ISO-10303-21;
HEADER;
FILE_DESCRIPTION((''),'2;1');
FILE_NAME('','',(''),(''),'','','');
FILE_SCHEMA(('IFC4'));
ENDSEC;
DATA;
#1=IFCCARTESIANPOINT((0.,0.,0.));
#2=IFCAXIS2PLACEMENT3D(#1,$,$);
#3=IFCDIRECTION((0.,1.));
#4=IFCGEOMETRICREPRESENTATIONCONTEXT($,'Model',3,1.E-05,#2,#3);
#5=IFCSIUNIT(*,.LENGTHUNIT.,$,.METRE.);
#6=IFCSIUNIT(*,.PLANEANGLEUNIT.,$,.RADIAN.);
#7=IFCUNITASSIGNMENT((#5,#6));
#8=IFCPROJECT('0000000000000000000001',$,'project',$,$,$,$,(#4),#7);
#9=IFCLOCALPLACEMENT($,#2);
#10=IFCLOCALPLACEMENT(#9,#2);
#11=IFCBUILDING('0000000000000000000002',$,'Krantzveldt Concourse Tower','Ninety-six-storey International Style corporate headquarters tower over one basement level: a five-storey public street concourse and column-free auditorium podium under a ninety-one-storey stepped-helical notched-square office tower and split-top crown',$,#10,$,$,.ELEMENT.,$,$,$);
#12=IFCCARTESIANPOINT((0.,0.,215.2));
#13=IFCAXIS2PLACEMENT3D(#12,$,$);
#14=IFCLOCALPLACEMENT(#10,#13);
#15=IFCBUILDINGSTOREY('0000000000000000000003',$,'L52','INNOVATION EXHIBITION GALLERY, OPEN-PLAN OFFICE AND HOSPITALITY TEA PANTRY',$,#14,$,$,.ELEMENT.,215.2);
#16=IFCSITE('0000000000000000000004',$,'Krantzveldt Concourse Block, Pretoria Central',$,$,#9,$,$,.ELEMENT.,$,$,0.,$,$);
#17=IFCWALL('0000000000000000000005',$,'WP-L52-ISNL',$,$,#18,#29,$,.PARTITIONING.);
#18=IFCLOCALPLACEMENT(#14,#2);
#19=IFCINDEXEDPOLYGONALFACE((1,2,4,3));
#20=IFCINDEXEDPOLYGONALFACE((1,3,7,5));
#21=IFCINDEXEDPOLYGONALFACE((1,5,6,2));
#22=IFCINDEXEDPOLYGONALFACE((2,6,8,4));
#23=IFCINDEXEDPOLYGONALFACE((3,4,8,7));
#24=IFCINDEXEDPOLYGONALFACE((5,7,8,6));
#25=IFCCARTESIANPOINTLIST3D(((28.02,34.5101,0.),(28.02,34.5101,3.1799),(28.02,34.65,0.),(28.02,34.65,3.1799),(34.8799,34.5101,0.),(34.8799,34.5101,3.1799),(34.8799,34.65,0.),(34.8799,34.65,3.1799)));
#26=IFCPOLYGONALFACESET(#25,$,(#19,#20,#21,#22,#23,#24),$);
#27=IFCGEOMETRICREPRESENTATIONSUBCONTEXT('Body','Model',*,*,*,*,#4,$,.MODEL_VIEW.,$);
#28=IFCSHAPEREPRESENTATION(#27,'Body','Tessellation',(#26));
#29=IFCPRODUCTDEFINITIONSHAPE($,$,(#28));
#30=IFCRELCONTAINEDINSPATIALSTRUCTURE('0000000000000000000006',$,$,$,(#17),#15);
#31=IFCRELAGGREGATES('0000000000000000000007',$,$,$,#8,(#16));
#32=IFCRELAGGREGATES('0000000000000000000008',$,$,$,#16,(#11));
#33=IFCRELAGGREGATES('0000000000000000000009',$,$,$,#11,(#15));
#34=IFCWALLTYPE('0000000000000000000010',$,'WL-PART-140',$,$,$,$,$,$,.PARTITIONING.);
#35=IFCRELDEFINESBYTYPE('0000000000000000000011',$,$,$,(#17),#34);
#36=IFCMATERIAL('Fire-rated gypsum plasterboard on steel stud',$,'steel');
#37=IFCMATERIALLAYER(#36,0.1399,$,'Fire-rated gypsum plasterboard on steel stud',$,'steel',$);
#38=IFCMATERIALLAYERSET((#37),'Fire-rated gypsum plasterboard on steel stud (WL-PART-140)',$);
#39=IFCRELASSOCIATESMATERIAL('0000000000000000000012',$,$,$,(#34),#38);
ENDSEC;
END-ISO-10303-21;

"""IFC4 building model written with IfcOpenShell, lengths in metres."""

from ifc_helpers import new_model, si_unit, direction, frame, frame_2d, origin, place, context, subcontext, project, spatial, rectangle, extrude, material, layer, layer_set, type_object, element, save


model = new_model("IFC4")

# Units and contexts
model_context = context("Model", 3, precision=1e-05, world=origin(), true_north=direction((0.0, 1.0)))
body_context = subcontext(model_context, "Body", "Model", "MODEL_VIEW")
ifc_project = project(units=[si_unit("LENGTHUNIT", "METRE"), si_unit("PLANEANGLEUNIT", "RADIAN")], contexts=[model_context])

# Site, building, storey
site_placement = place(None, origin())
site = spatial("IfcSite", under=ifc_project, at=site_placement, Name="Krantzveldt Concourse Block, Pretoria Central", CompositionType="ELEMENT", RefElevation=0.0)
building_placement = place(site_placement, origin())
building = spatial("IfcBuilding", under=site, at=building_placement, Name="Krantzveldt Concourse Tower", Description="Ninety-six-storey International Style corporate headquarters tower over one basement level: a five-storey public street concourse and column-free auditorium podium under a ninety-one-storey stepped-helical notched-square office tower and split-top crown", CompositionType="ELEMENT")
storey_placement = place(building_placement, frame((0.0, 0.0, 215.2)))
storey = spatial("IfcBuildingStorey", under=building, at=storey_placement, Name="L52", Description="INNOVATION EXHIBITION GALLERY, OPEN-PLAN OFFICE AND HOSPITALITY TEA PANTRY", CompositionType="ELEMENT", Elevation=215.2)

# Wall
ifc_material_1 = material(Name="Fire-rated gypsum plasterboard on steel stud", Category="steel")
ifc_layer_1 = layer(ifc_material_1, 0.1399, Name="Fire-rated gypsum plasterboard on steel stud", Category="steel")
ifc_layer_set_1 = layer_set([ifc_layer_1], Name="Fire-rated gypsum plasterboard on steel stud (WL-PART-140)")
wall_type_1 = type_object("IfcWallType", Name="WL-PART-140", PredefinedType="PARTITIONING", material=ifc_layer_set_1)
wall_1_placement = place(storey_placement, frame((28.02, 34.5801, 0.0), z_axis=(0.0, 0.0, 1.0), x_axis=(1.0, 0.0, 0.0)))
element("IfcWall", 1, at=wall_1_placement, inside=storey, type_object=wall_type_1, Name="WP-L52-ISNL", PredefinedType="PARTITIONING", context=body_context, shape_type="SweptSolid", body=[
    extrude(rectangle(XDim=6.8599, YDim=0.1399, at=frame_2d((3.4299, 0.0))), origin(), (0.0, 0.0, 1.0), 3.1799),
])

save(model, "model.ifc")
